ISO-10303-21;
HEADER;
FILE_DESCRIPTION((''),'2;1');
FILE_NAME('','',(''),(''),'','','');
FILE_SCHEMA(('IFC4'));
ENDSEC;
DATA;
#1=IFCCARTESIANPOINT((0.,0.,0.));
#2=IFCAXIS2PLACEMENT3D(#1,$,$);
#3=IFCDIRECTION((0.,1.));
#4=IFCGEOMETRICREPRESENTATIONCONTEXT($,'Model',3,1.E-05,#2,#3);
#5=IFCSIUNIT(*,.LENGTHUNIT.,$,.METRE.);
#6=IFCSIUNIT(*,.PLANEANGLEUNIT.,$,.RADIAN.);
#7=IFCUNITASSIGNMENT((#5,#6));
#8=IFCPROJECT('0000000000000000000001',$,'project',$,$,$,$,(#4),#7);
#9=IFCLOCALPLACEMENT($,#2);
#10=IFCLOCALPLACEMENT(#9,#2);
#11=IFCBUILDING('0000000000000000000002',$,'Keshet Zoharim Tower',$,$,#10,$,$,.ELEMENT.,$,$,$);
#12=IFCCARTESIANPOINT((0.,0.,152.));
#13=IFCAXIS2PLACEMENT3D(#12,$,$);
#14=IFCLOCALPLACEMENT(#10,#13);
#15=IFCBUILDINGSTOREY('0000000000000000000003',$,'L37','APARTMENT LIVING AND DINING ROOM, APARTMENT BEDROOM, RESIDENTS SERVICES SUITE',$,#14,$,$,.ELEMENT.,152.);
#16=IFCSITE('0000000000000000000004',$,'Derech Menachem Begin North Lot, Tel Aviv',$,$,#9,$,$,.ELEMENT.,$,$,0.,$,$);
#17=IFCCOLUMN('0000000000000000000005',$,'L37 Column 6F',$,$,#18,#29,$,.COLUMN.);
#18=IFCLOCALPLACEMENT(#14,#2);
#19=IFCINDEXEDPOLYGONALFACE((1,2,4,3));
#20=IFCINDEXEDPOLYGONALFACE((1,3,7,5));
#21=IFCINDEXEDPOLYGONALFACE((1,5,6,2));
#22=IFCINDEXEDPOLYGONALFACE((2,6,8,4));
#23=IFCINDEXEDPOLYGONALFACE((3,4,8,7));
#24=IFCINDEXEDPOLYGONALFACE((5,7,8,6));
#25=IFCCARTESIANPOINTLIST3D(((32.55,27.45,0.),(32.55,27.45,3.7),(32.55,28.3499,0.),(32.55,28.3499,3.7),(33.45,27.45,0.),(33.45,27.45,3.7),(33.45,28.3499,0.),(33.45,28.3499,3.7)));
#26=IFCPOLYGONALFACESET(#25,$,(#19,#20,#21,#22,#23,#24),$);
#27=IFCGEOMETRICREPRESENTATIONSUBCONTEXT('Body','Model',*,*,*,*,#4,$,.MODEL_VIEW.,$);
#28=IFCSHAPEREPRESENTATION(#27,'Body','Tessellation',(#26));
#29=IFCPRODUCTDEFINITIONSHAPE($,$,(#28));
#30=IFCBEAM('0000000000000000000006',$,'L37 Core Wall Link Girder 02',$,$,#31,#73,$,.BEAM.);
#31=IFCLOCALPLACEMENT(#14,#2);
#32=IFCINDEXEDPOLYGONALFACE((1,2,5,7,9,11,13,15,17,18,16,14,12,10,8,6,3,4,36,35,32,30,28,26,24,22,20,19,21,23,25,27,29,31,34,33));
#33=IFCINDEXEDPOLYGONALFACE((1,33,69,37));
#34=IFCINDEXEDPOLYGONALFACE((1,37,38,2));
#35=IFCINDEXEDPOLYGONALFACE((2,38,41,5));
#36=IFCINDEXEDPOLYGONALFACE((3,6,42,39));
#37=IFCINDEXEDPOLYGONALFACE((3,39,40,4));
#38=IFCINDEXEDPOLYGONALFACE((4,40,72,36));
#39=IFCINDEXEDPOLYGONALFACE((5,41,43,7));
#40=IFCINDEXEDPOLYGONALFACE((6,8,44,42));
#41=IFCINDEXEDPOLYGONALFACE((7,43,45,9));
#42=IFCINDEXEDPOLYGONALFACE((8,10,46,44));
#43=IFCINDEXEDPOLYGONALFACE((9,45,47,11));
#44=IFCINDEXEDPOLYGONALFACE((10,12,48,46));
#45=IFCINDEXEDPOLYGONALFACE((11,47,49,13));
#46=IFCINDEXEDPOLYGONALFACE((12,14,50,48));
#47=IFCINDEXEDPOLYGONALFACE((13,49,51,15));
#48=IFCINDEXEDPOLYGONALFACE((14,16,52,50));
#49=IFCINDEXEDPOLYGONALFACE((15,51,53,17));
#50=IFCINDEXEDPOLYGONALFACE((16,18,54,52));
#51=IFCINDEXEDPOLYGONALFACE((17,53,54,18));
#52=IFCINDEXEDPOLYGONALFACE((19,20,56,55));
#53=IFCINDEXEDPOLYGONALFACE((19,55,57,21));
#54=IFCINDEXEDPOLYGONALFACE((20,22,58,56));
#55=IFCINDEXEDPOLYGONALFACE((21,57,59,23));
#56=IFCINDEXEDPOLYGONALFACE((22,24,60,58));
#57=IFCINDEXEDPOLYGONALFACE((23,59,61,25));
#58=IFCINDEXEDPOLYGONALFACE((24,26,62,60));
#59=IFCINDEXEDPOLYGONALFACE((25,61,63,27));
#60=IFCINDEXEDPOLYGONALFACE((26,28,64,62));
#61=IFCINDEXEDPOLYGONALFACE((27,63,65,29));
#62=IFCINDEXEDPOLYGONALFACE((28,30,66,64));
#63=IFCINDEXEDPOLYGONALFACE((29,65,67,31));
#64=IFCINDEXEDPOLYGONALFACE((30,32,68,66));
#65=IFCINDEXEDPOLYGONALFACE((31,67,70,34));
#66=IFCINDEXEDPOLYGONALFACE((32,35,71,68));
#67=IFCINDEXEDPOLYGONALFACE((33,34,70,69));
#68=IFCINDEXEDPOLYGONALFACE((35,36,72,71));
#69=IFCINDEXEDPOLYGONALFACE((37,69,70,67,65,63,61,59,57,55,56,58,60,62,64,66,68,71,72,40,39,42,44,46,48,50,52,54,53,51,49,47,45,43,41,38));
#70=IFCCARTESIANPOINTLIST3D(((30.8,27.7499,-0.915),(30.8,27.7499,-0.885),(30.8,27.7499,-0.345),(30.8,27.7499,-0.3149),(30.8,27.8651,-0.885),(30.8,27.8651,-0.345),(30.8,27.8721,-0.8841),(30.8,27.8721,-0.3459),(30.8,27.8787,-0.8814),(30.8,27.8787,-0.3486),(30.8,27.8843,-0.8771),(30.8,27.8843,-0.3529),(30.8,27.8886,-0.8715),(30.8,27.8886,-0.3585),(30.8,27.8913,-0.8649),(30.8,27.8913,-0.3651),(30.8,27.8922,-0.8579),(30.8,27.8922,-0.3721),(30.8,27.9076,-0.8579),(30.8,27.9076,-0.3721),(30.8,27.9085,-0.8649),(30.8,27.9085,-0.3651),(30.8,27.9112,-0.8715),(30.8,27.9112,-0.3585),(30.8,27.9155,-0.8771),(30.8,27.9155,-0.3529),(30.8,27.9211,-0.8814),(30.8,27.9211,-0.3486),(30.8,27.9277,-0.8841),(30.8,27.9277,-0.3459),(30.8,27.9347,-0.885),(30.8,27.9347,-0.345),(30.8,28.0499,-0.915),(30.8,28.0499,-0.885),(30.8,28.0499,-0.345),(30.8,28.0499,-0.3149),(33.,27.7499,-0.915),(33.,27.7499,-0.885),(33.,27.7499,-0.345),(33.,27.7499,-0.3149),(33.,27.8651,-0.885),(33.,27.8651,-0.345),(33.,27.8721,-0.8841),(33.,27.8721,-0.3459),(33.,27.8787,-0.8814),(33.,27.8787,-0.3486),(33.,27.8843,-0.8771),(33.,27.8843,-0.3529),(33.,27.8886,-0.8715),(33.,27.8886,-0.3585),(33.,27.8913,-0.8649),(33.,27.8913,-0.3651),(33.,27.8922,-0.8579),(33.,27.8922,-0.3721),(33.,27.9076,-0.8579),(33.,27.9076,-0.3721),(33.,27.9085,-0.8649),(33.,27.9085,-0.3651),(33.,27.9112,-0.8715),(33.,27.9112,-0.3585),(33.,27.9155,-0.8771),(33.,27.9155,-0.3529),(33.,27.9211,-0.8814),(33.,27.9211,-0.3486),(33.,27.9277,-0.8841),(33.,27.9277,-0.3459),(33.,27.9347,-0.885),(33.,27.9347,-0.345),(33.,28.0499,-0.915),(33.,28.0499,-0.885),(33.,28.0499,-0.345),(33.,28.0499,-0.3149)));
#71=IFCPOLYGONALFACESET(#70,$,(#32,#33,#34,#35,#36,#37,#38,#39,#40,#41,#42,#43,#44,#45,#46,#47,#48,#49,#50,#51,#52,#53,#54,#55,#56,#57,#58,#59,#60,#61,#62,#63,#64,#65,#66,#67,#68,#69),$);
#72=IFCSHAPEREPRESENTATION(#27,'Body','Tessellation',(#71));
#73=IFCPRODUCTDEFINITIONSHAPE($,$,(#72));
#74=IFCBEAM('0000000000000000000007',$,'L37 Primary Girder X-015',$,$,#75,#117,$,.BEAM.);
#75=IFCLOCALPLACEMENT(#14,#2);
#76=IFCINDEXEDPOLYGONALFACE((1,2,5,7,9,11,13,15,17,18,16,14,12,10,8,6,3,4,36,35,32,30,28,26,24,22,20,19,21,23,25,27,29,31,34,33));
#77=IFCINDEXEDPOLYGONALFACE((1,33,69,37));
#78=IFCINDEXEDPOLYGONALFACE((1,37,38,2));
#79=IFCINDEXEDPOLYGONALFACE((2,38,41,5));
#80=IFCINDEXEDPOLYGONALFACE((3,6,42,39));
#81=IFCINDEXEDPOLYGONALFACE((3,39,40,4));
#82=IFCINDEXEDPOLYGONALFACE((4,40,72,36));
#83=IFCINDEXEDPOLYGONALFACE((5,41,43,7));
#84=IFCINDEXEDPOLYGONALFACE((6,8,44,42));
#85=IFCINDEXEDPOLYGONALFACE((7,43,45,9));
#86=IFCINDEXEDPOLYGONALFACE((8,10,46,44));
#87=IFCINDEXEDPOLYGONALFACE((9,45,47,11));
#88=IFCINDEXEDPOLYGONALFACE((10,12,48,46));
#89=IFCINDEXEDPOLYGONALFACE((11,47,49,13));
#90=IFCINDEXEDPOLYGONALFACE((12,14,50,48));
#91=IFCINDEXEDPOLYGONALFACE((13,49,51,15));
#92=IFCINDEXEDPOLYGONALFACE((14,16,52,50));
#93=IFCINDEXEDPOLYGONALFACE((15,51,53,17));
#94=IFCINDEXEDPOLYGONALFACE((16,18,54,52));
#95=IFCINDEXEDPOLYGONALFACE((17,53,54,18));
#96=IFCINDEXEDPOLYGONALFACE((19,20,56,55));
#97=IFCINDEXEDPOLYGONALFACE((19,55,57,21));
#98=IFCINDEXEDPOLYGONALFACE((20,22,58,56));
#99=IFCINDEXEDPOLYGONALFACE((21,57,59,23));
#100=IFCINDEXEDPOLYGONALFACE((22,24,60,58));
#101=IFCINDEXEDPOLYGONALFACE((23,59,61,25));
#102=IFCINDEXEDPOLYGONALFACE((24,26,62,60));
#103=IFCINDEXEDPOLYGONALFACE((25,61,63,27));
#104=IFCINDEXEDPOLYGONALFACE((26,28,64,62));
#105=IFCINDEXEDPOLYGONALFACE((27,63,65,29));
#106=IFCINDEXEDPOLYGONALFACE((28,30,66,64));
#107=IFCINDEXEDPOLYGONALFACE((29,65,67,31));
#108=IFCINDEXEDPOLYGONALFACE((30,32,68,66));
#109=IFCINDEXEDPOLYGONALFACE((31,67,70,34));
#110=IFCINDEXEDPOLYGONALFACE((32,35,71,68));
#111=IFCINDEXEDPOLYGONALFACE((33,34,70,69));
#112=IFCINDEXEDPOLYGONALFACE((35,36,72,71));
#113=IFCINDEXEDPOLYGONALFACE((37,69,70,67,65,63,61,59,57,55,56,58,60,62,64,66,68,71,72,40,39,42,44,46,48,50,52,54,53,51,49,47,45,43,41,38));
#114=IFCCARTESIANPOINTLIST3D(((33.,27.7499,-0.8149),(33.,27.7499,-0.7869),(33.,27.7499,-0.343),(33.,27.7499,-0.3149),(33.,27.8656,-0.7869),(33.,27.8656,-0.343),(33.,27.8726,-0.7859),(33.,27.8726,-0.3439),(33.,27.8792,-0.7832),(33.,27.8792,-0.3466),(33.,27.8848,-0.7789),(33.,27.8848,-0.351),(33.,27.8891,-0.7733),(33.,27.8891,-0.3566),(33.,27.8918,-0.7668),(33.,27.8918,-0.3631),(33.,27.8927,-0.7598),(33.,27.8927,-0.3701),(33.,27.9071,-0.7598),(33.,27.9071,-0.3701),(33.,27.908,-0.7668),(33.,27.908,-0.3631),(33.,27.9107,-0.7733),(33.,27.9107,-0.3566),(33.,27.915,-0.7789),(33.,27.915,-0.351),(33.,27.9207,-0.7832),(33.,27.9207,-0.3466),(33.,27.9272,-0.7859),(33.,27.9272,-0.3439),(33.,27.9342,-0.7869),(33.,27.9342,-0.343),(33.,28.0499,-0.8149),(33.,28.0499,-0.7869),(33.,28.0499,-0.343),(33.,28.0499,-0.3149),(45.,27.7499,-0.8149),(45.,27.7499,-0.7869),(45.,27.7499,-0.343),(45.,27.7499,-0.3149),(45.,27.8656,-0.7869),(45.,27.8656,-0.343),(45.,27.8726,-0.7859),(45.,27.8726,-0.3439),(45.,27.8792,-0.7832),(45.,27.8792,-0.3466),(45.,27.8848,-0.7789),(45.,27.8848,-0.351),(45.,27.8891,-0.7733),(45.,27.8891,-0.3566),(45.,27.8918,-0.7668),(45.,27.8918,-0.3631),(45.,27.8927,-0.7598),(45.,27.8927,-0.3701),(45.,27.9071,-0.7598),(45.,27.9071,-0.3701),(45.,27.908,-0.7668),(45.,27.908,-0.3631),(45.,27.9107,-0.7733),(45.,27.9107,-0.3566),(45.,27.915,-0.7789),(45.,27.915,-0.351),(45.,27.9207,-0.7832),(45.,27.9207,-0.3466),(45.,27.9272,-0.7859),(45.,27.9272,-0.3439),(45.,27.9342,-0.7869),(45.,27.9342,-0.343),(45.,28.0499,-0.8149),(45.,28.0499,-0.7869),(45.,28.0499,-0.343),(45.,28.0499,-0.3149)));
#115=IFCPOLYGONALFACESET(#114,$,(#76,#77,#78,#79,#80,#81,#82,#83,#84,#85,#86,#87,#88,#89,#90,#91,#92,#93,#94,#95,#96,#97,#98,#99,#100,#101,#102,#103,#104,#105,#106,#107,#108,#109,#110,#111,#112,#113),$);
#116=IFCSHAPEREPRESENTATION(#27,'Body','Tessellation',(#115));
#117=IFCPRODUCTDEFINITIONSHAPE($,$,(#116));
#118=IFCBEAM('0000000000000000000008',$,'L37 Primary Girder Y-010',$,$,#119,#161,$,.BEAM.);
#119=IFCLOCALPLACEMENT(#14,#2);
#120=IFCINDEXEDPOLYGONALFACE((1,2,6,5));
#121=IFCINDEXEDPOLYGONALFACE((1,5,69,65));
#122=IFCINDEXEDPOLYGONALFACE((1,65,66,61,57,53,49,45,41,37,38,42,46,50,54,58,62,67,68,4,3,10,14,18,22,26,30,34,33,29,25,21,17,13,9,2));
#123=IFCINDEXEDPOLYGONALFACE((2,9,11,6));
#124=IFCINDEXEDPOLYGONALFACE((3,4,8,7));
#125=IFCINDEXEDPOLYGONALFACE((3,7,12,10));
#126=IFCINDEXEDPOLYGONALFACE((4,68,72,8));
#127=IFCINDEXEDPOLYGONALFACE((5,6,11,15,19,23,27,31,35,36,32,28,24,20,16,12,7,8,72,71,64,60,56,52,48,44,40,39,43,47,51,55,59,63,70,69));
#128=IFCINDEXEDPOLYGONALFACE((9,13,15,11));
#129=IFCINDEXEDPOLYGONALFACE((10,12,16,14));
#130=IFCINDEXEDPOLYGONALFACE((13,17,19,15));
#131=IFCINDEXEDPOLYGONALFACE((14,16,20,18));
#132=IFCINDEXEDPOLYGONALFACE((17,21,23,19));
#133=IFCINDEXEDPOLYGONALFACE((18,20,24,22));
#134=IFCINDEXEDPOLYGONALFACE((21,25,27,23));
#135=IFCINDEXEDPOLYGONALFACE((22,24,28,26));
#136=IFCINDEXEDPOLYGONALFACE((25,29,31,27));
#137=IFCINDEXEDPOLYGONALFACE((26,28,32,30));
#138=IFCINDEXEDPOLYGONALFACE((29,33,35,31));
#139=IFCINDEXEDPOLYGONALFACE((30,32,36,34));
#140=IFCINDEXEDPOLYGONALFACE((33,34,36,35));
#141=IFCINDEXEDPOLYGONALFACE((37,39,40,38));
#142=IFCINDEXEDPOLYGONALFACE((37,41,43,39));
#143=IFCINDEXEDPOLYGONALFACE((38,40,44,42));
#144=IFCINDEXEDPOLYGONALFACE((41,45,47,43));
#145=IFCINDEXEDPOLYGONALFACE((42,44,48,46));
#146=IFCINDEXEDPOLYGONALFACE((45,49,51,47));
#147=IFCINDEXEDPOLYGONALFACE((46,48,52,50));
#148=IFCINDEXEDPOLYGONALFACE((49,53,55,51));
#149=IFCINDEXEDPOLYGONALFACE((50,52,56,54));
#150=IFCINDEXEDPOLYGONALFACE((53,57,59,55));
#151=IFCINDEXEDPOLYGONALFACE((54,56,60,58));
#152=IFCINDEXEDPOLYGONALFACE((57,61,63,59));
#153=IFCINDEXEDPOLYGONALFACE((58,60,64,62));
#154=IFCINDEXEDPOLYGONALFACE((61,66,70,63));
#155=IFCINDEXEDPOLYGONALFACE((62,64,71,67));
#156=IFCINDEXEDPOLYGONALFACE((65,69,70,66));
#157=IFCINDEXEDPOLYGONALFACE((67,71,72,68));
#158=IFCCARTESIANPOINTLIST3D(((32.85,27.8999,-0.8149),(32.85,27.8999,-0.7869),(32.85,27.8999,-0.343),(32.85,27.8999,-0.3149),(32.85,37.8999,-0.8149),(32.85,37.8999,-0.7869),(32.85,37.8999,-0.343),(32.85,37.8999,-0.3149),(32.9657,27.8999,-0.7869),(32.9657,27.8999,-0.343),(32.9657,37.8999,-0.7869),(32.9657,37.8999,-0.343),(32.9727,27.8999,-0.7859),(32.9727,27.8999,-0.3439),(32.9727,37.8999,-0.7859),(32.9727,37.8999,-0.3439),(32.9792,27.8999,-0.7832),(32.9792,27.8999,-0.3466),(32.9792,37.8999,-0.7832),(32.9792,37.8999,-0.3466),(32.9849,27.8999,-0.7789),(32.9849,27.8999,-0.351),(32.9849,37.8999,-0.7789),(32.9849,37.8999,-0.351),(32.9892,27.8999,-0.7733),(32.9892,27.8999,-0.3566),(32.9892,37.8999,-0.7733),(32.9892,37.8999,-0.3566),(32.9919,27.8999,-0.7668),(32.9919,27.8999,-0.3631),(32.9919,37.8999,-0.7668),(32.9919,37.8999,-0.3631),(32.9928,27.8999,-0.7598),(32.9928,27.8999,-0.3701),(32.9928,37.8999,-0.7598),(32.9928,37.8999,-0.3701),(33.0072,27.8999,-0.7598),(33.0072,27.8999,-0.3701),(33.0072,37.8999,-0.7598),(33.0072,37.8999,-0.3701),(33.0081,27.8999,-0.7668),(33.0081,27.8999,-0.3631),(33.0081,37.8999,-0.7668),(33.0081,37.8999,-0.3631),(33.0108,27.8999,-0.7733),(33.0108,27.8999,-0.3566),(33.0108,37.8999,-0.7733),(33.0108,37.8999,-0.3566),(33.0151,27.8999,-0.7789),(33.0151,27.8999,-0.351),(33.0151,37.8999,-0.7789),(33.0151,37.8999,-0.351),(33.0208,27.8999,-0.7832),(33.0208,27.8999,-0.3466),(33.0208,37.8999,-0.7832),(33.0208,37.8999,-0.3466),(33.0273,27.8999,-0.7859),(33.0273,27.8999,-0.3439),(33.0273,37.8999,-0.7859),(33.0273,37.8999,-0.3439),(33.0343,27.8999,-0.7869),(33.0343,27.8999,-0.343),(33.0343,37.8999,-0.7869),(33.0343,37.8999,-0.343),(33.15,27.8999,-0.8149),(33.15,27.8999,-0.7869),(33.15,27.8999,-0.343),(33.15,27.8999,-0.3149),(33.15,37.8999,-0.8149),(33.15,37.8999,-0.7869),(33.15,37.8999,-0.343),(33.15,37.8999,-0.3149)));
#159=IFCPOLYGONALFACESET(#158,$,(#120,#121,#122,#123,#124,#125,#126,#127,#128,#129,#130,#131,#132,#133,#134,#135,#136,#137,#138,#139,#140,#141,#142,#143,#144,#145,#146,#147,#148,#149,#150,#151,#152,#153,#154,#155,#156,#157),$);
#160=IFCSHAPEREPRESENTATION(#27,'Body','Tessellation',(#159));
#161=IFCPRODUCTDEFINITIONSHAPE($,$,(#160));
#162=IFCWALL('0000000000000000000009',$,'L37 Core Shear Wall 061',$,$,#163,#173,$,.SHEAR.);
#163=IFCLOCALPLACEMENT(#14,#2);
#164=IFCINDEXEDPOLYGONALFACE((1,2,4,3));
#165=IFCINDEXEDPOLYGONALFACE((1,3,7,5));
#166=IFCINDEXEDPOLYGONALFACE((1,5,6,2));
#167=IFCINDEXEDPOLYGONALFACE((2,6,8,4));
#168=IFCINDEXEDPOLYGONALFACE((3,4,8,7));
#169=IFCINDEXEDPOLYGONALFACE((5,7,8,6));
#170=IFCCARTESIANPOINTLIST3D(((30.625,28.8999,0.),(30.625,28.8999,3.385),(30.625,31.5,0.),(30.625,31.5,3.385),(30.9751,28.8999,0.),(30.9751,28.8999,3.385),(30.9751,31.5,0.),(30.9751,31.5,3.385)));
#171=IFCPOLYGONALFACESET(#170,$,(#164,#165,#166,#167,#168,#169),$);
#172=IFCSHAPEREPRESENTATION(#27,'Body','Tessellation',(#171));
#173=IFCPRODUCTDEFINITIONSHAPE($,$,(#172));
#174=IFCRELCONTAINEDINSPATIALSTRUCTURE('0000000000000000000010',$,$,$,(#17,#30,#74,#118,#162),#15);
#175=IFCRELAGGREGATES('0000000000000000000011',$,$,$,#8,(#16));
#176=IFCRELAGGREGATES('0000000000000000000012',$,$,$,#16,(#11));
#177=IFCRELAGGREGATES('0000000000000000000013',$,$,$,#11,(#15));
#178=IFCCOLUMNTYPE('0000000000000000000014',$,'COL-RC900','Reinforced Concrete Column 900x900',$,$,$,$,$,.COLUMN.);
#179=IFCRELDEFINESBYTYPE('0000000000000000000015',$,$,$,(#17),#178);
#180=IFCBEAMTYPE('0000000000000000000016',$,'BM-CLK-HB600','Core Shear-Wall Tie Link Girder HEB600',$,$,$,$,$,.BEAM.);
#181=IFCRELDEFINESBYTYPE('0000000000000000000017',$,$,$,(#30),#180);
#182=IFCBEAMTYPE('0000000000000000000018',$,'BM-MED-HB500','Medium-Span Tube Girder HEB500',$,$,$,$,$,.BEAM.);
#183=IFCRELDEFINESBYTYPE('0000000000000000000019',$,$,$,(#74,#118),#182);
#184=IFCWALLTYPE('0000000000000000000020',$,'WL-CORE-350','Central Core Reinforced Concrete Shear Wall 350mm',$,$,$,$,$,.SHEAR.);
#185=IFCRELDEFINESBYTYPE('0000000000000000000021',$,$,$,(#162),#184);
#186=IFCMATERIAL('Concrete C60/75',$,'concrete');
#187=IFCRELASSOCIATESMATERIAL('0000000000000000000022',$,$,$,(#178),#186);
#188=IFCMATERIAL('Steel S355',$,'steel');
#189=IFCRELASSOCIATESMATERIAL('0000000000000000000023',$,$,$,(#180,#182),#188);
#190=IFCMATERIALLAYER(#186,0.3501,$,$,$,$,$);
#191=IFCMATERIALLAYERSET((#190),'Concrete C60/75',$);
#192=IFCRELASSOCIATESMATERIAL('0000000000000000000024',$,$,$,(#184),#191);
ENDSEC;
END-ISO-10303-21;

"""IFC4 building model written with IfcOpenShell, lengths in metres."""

from ifc_helpers import new_model, si_unit, direction, frame, frame_2d, origin, origin_2d, place, context, subcontext, project, spatial, rectangle, i_section, extrude, material, layer, layer_set, material_profile, profile_set, type_object, element, save


model = new_model("IFC4")

# Units and contexts
model_context = context("Model", 3, precision=1e-05, world=origin(), true_north=direction((0.0, 1.0)))
body_context = subcontext(model_context, "Body", "Model", "MODEL_VIEW")
ifc_project = project(units=[si_unit("LENGTHUNIT", "METRE"), si_unit("PLANEANGLEUNIT", "RADIAN")], contexts=[model_context])

# Site, building, storey
site_placement = place(None, origin())
site = spatial("IfcSite", under=ifc_project, at=site_placement, Name="Derech Menachem Begin North Lot, Tel Aviv", CompositionType="ELEMENT", RefElevation=0.0)
building_placement = place(site_placement, origin())
building = spatial("IfcBuilding", under=site, at=building_placement, Name="Keshet Zoharim Tower", CompositionType="ELEMENT")
storey_placement = place(building_placement, frame((0.0, 0.0, 152.0)))
storey = spatial("IfcBuildingStorey", under=building, at=storey_placement, Name="L37", Description="APARTMENT LIVING AND DINING ROOM, APARTMENT BEDROOM, RESIDENTS SERVICES SUITE", CompositionType="ELEMENT", Elevation=152.0)

# Column
ifc_material_1 = material(Name="Concrete C60/75", Category="concrete")
ifc_material_profile_1 = material_profile(ifc_material_1, rectangle(XDim=0.8999, YDim=0.8999, at=origin_2d()), Name="RC900x900")
ifc_profile_set_1 = profile_set([ifc_material_profile_1], Name="Concrete C60/75")
column_type = type_object("IfcColumnType", Name="COL-RC900", Description="Reinforced Concrete Column 900x900", PredefinedType="COLUMN", material=ifc_profile_set_1)
column_placement = place(storey_placement, frame((33.0, 27.8999, 0.0), z_axis=(0.0, 0.0, 1.0), x_axis=(1.0, 0.0, 0.0)))
element("IfcColumn", 1, at=column_placement, inside=storey, type_object=column_type, Name="L37 Column 6F", PredefinedType="COLUMN", context=body_context, shape_type="SweptSolid", body=[
    extrude(rectangle(XDim=0.8999, YDim=0.8999, at=origin_2d()), origin(), (0.0, 0.0, 1.0), 3.7),
])

# Beams
ifc_material_2 = material(Name="Steel S355", Category="steel")
ifc_material_profile_2 = material_profile(ifc_material_2, i_section(OverallWidth=0.3, OverallDepth=0.6001, WebThickness=0.0154, FlangeThickness=0.03, FilletRadius=0.0271, at=origin_2d()), Name="HEB600")
ifc_profile_set_2 = profile_set([ifc_material_profile_2], Name="Steel S355")
beam_type_1 = type_object("IfcBeamType", Name="BM-CLK-HB600", Description="Core Shear-Wall Tie Link Girder HEB600", PredefinedType="BEAM", material=ifc_profile_set_2)
beam_1_placement = place(storey_placement, frame((30.8, 27.8999, -0.615), z_axis=(1.0, 0.0, 0.0), x_axis=(0.0, 1.0, 0.0)))
element("IfcBeam", 2, at=beam_1_placement, inside=storey, type_object=beam_type_1, Name="L37 Core Wall Link Girder 02", PredefinedType="BEAM", context=body_context, shape_type="SweptSolid", body=[
    extrude(i_section(OverallWidth=0.3, OverallDepth=0.6001, WebThickness=0.0154, FlangeThickness=0.03, FilletRadius=0.0271, at=origin_2d()), origin(), (0.0, 0.0, 1.0), 2.2),
])
ifc_material_profile_3 = material_profile(ifc_material_2, i_section(OverallWidth=0.3, OverallDepth=0.5, WebThickness=0.0144, FlangeThickness=0.0281, FilletRadius=0.0271, at=origin_2d()), Name="HEB500")
ifc_profile_set_3 = profile_set([ifc_material_profile_3], Name="Steel S355")
beam_type_2 = type_object("IfcBeamType", Name="BM-MED-HB500", Description="Medium-Span Tube Girder HEB500", PredefinedType="BEAM", material=ifc_profile_set_3)
beam_2_placement = place(storey_placement, frame((33.0, 27.8999, -0.5649), z_axis=(1.0, 0.0, 0.0), x_axis=(0.0, 1.0, 0.0)))
element("IfcBeam", 3, at=beam_2_placement, inside=storey, type_object=beam_type_2, Name="L37 Primary Girder X-015", PredefinedType="BEAM", context=body_context, shape_type="SweptSolid", body=[
    extrude(i_section(OverallWidth=0.3, OverallDepth=0.5, WebThickness=0.0144, FlangeThickness=0.0281, FilletRadius=0.0271, at=origin_2d()), origin(), (0.0, 0.0, 1.0), 12.0),
])
beam_3_placement = place(storey_placement, frame((33.0, 27.8999, -0.5649), z_axis=(0.0, 1.0, 0.0), x_axis=(-1.0, 0.0, 0.0)))
element("IfcBeam", 4, at=beam_3_placement, inside=storey, type_object=beam_type_2, Name="L37 Primary Girder Y-010", PredefinedType="BEAM", context=body_context, shape_type="SweptSolid", body=[
    extrude(i_section(OverallWidth=0.3, OverallDepth=0.5, WebThickness=0.0144, FlangeThickness=0.0281, FilletRadius=0.0271, at=origin_2d()), origin(), (0.0, 0.0, 1.0), 10.0),
])

# Wall
ifc_layer_1 = layer(ifc_material_1, 0.3501)
ifc_layer_set_1 = layer_set([ifc_layer_1], Name="Concrete C60/75")
wall_type_1 = type_object("IfcWallType", Name="WL-CORE-350", Description="Central Core Reinforced Concrete Shear Wall 350mm", PredefinedType="SHEAR", material=ifc_layer_set_1)
wall_1_placement = place(storey_placement, frame((30.8, 28.8999, 0.0), z_axis=(0.0, 0.0, 1.0), x_axis=(0.0, 1.0, 0.0)))
element("IfcWall", 5, at=wall_1_placement, inside=storey, type_object=wall_type_1, Name="L37 Core Shear Wall 061", PredefinedType="SHEAR", context=body_context, shape_type="SweptSolid", body=[
    extrude(rectangle(XDim=2.6001, YDim=0.3501, at=frame_2d((1.3, 0.0))), origin(), (0.0, 0.0, 1.0), 3.385),
])

save(model, "model.ifc")
